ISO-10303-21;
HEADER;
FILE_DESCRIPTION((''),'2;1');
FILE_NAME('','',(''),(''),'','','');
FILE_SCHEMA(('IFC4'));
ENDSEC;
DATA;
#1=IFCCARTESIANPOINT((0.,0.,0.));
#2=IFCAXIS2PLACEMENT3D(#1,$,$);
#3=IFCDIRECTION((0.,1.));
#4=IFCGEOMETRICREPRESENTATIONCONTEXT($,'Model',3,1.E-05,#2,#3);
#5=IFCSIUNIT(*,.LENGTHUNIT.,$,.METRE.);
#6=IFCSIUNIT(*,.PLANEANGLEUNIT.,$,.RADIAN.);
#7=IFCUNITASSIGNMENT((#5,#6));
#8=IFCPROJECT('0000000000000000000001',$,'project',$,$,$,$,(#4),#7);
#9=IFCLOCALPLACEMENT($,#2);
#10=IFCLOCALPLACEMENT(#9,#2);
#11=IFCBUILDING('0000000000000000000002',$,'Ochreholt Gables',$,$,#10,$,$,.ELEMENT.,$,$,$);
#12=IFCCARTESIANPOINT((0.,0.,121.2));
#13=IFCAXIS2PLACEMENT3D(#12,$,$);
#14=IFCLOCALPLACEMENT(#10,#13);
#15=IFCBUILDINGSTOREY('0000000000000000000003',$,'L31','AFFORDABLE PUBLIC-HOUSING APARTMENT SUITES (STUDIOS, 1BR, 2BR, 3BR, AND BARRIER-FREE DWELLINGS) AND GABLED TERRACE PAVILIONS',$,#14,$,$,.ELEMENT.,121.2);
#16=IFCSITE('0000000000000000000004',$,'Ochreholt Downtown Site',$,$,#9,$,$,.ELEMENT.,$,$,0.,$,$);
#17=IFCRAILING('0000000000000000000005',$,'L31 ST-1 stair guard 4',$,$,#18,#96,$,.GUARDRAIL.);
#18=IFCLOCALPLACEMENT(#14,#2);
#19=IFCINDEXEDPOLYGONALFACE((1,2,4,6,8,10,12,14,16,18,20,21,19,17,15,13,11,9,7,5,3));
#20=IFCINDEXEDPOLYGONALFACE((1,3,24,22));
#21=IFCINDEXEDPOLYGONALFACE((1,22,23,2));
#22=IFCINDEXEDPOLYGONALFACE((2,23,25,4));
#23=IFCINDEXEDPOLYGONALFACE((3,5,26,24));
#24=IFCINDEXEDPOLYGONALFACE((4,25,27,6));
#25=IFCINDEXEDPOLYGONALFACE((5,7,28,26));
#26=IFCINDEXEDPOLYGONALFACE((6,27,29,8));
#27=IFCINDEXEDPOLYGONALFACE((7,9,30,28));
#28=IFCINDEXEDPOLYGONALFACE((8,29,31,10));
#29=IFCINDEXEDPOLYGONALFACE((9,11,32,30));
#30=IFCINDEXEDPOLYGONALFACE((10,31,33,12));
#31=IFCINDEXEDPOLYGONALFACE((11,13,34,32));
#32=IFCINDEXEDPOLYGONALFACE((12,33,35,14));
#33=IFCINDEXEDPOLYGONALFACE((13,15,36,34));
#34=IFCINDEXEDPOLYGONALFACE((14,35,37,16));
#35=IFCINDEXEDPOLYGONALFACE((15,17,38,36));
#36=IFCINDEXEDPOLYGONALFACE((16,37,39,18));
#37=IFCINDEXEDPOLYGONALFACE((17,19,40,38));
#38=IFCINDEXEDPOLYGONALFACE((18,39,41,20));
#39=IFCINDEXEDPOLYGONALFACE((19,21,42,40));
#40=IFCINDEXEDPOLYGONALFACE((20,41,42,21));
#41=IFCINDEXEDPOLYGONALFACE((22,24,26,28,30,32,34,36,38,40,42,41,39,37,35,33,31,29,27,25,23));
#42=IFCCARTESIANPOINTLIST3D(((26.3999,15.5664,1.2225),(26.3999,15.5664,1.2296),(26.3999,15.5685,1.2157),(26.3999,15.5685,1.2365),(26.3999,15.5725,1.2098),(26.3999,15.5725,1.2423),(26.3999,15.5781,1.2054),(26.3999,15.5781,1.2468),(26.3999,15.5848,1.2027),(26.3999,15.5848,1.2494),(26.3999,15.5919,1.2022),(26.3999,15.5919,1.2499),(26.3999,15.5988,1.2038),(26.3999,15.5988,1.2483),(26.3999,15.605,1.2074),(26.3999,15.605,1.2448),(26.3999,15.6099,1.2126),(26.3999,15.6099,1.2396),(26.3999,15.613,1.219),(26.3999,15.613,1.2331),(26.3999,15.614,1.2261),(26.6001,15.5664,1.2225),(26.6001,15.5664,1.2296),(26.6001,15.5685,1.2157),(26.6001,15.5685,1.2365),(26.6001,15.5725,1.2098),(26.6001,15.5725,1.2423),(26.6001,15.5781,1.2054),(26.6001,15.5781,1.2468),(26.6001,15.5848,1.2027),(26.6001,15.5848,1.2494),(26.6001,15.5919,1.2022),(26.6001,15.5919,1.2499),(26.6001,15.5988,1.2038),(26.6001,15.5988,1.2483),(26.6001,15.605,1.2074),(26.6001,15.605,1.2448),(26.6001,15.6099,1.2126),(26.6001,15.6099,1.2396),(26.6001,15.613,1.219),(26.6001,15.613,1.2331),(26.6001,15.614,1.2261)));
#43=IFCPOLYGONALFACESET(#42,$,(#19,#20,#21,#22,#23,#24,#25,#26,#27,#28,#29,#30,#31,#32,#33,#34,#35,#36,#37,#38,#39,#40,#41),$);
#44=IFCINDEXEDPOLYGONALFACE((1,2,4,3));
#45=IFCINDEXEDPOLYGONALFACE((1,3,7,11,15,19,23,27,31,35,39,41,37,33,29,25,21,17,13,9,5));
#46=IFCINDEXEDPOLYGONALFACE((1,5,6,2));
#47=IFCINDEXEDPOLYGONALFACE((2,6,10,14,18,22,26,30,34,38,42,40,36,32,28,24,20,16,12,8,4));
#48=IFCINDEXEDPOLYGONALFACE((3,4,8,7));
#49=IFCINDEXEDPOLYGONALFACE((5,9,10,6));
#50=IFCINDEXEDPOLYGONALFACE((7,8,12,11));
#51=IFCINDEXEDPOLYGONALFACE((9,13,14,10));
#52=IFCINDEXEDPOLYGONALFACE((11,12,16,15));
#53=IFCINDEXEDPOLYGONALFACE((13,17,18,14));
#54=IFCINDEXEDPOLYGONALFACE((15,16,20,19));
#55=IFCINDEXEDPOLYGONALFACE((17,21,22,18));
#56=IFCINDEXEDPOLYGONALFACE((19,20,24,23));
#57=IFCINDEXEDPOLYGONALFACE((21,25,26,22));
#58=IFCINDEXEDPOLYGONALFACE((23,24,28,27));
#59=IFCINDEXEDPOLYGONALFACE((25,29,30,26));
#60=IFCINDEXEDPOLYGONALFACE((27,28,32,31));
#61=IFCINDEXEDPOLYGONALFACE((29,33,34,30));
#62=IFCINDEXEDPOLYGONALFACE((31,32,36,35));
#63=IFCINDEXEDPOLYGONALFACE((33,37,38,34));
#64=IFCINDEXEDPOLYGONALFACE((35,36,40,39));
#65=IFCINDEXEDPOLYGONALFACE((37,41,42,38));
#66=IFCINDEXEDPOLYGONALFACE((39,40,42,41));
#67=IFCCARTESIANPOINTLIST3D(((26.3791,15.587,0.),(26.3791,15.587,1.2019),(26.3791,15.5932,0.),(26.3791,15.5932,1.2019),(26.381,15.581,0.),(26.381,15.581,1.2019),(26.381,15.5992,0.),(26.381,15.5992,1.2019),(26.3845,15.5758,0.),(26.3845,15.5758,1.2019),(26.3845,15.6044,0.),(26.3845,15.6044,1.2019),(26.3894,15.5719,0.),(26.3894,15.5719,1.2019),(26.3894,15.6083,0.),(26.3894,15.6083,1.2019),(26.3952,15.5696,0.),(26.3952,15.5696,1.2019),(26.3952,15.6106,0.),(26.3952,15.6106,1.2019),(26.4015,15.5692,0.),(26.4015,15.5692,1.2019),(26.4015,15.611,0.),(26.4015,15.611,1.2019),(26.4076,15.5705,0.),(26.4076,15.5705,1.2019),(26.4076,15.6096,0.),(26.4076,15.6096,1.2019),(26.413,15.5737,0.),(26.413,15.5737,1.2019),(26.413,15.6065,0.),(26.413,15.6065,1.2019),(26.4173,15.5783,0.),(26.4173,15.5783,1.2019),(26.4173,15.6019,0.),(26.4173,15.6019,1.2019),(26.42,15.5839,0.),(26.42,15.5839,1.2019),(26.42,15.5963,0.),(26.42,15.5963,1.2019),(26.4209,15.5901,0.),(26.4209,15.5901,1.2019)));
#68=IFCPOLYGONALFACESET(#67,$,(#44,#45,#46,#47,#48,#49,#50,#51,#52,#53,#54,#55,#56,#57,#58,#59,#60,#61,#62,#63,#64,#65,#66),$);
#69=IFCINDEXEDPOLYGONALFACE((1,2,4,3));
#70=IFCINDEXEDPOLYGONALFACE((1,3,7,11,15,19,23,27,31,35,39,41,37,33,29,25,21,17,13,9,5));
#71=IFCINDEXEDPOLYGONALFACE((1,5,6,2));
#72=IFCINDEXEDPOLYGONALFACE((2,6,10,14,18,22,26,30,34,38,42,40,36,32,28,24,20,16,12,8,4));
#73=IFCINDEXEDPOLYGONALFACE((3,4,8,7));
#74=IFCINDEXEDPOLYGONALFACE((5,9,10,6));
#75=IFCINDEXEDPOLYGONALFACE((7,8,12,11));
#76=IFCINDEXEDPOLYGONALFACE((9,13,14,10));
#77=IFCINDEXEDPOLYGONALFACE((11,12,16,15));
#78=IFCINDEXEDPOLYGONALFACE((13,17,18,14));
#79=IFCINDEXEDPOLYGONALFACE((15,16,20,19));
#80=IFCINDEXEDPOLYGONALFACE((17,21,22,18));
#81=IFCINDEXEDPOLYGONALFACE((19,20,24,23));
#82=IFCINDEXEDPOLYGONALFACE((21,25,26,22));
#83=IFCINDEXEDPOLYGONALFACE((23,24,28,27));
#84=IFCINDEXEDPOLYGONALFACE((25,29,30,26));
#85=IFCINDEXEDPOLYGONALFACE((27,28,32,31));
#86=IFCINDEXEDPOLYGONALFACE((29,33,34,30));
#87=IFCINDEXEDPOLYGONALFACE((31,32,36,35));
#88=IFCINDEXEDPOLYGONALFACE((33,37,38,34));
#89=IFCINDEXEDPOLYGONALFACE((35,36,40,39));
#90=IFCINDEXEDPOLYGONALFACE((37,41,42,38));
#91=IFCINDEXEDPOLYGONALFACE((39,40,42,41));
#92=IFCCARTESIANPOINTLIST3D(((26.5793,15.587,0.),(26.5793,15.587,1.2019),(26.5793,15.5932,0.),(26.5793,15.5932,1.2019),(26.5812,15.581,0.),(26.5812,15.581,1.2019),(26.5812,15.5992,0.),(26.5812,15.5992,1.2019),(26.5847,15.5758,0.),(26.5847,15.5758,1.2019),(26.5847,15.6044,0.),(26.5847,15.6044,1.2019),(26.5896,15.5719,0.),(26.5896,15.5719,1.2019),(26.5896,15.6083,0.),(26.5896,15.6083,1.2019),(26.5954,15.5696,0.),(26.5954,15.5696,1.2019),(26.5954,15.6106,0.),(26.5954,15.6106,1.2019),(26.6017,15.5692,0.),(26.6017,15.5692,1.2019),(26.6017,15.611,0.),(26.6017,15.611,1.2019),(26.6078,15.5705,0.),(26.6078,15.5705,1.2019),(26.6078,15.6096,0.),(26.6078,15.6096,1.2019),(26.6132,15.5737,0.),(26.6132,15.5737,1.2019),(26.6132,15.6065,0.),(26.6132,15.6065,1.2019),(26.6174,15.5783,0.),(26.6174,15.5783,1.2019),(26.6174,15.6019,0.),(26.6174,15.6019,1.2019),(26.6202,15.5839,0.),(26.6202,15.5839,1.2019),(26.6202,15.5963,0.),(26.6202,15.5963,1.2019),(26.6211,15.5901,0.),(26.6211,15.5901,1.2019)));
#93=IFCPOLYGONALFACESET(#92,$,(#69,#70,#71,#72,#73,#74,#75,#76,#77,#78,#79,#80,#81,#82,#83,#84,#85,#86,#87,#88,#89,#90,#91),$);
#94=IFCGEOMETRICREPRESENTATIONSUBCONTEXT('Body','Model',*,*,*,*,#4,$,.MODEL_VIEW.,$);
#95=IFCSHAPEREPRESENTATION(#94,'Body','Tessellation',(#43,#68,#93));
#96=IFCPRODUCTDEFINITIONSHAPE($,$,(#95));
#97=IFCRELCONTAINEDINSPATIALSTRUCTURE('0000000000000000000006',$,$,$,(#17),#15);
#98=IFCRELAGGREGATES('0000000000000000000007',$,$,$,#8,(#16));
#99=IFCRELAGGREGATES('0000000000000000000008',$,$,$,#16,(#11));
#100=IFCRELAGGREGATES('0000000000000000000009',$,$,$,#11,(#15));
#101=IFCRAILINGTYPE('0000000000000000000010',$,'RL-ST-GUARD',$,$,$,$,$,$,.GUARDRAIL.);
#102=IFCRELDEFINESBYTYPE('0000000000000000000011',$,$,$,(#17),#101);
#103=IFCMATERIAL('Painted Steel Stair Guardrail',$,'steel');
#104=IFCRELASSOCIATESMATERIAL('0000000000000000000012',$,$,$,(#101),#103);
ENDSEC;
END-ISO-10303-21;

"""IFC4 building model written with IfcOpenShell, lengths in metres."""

from ifc_helpers import new_model, si_unit, direction, frame, origin, origin_2d, place, context, subcontext, project, spatial, circle, extrude, material, type_object, element, save


model = new_model("IFC4")

# Units and contexts
model_context = context("Model", 3, precision=1e-05, world=origin(), true_north=direction((0.0, 1.0)))
body_context = subcontext(model_context, "Body", "Model", "MODEL_VIEW")
ifc_project = project(units=[si_unit("LENGTHUNIT", "METRE"), si_unit("PLANEANGLEUNIT", "RADIAN")], contexts=[model_context])

# Site, building, storey
site_placement = place(None, origin())
site = spatial("IfcSite", under=ifc_project, at=site_placement, Name="Ochreholt Downtown Site", CompositionType="ELEMENT", RefElevation=0.0)
building_placement = place(site_placement, origin())
building = spatial("IfcBuilding", under=site, at=building_placement, Name="Ochreholt Gables", CompositionType="ELEMENT")
storey_placement = place(building_placement, frame((0.0, 0.0, 121.2)))
storey = spatial("IfcBuildingStorey", under=building, at=storey_placement, Name="L31", Description="AFFORDABLE PUBLIC-HOUSING APARTMENT SUITES (STUDIOS, 1BR, 2BR, 3BR, AND BARRIER-FREE DWELLINGS) AND GABLED TERRACE PAVILIONS", CompositionType="ELEMENT", Elevation=121.2)

# Railing
ifc_material_1 = material(Name="Painted Steel Stair Guardrail", Category="steel")
railing_type_1 = type_object("IfcRailingType", Name="RL-ST-GUARD", PredefinedType="GUARDRAIL", material=ifc_material_1)
railing_1_placement = place(storey_placement, frame((26.3999, 15.5901, 0.0)))
element("IfcRailing", 1, at=railing_1_placement, inside=storey, type_object=railing_type_1, Name="L31 ST-1 stair guard 4", PredefinedType="GUARDRAIL", context=body_context, shape_type="SweptSolid", body=[
    extrude(circle(Radius=0.0239, at=origin_2d()), frame((0.0, 0.0, 1.2261), z_axis=(1.0, 0.0, 0.0), x_axis=(0.0, 1.0, 0.0)), (0.0, 0.0, 1.0), 0.2002),
    extrude(circle(Radius=0.021, at=origin_2d()), origin(), (0.0, 0.0, 1.0), 1.2019),
    extrude(circle(Radius=0.021, at=origin_2d()), frame((0.2002, 0.0, 0.0)), (0.0, 0.0, 1.0), 1.2019),
])

save(model, "model.ifc")
